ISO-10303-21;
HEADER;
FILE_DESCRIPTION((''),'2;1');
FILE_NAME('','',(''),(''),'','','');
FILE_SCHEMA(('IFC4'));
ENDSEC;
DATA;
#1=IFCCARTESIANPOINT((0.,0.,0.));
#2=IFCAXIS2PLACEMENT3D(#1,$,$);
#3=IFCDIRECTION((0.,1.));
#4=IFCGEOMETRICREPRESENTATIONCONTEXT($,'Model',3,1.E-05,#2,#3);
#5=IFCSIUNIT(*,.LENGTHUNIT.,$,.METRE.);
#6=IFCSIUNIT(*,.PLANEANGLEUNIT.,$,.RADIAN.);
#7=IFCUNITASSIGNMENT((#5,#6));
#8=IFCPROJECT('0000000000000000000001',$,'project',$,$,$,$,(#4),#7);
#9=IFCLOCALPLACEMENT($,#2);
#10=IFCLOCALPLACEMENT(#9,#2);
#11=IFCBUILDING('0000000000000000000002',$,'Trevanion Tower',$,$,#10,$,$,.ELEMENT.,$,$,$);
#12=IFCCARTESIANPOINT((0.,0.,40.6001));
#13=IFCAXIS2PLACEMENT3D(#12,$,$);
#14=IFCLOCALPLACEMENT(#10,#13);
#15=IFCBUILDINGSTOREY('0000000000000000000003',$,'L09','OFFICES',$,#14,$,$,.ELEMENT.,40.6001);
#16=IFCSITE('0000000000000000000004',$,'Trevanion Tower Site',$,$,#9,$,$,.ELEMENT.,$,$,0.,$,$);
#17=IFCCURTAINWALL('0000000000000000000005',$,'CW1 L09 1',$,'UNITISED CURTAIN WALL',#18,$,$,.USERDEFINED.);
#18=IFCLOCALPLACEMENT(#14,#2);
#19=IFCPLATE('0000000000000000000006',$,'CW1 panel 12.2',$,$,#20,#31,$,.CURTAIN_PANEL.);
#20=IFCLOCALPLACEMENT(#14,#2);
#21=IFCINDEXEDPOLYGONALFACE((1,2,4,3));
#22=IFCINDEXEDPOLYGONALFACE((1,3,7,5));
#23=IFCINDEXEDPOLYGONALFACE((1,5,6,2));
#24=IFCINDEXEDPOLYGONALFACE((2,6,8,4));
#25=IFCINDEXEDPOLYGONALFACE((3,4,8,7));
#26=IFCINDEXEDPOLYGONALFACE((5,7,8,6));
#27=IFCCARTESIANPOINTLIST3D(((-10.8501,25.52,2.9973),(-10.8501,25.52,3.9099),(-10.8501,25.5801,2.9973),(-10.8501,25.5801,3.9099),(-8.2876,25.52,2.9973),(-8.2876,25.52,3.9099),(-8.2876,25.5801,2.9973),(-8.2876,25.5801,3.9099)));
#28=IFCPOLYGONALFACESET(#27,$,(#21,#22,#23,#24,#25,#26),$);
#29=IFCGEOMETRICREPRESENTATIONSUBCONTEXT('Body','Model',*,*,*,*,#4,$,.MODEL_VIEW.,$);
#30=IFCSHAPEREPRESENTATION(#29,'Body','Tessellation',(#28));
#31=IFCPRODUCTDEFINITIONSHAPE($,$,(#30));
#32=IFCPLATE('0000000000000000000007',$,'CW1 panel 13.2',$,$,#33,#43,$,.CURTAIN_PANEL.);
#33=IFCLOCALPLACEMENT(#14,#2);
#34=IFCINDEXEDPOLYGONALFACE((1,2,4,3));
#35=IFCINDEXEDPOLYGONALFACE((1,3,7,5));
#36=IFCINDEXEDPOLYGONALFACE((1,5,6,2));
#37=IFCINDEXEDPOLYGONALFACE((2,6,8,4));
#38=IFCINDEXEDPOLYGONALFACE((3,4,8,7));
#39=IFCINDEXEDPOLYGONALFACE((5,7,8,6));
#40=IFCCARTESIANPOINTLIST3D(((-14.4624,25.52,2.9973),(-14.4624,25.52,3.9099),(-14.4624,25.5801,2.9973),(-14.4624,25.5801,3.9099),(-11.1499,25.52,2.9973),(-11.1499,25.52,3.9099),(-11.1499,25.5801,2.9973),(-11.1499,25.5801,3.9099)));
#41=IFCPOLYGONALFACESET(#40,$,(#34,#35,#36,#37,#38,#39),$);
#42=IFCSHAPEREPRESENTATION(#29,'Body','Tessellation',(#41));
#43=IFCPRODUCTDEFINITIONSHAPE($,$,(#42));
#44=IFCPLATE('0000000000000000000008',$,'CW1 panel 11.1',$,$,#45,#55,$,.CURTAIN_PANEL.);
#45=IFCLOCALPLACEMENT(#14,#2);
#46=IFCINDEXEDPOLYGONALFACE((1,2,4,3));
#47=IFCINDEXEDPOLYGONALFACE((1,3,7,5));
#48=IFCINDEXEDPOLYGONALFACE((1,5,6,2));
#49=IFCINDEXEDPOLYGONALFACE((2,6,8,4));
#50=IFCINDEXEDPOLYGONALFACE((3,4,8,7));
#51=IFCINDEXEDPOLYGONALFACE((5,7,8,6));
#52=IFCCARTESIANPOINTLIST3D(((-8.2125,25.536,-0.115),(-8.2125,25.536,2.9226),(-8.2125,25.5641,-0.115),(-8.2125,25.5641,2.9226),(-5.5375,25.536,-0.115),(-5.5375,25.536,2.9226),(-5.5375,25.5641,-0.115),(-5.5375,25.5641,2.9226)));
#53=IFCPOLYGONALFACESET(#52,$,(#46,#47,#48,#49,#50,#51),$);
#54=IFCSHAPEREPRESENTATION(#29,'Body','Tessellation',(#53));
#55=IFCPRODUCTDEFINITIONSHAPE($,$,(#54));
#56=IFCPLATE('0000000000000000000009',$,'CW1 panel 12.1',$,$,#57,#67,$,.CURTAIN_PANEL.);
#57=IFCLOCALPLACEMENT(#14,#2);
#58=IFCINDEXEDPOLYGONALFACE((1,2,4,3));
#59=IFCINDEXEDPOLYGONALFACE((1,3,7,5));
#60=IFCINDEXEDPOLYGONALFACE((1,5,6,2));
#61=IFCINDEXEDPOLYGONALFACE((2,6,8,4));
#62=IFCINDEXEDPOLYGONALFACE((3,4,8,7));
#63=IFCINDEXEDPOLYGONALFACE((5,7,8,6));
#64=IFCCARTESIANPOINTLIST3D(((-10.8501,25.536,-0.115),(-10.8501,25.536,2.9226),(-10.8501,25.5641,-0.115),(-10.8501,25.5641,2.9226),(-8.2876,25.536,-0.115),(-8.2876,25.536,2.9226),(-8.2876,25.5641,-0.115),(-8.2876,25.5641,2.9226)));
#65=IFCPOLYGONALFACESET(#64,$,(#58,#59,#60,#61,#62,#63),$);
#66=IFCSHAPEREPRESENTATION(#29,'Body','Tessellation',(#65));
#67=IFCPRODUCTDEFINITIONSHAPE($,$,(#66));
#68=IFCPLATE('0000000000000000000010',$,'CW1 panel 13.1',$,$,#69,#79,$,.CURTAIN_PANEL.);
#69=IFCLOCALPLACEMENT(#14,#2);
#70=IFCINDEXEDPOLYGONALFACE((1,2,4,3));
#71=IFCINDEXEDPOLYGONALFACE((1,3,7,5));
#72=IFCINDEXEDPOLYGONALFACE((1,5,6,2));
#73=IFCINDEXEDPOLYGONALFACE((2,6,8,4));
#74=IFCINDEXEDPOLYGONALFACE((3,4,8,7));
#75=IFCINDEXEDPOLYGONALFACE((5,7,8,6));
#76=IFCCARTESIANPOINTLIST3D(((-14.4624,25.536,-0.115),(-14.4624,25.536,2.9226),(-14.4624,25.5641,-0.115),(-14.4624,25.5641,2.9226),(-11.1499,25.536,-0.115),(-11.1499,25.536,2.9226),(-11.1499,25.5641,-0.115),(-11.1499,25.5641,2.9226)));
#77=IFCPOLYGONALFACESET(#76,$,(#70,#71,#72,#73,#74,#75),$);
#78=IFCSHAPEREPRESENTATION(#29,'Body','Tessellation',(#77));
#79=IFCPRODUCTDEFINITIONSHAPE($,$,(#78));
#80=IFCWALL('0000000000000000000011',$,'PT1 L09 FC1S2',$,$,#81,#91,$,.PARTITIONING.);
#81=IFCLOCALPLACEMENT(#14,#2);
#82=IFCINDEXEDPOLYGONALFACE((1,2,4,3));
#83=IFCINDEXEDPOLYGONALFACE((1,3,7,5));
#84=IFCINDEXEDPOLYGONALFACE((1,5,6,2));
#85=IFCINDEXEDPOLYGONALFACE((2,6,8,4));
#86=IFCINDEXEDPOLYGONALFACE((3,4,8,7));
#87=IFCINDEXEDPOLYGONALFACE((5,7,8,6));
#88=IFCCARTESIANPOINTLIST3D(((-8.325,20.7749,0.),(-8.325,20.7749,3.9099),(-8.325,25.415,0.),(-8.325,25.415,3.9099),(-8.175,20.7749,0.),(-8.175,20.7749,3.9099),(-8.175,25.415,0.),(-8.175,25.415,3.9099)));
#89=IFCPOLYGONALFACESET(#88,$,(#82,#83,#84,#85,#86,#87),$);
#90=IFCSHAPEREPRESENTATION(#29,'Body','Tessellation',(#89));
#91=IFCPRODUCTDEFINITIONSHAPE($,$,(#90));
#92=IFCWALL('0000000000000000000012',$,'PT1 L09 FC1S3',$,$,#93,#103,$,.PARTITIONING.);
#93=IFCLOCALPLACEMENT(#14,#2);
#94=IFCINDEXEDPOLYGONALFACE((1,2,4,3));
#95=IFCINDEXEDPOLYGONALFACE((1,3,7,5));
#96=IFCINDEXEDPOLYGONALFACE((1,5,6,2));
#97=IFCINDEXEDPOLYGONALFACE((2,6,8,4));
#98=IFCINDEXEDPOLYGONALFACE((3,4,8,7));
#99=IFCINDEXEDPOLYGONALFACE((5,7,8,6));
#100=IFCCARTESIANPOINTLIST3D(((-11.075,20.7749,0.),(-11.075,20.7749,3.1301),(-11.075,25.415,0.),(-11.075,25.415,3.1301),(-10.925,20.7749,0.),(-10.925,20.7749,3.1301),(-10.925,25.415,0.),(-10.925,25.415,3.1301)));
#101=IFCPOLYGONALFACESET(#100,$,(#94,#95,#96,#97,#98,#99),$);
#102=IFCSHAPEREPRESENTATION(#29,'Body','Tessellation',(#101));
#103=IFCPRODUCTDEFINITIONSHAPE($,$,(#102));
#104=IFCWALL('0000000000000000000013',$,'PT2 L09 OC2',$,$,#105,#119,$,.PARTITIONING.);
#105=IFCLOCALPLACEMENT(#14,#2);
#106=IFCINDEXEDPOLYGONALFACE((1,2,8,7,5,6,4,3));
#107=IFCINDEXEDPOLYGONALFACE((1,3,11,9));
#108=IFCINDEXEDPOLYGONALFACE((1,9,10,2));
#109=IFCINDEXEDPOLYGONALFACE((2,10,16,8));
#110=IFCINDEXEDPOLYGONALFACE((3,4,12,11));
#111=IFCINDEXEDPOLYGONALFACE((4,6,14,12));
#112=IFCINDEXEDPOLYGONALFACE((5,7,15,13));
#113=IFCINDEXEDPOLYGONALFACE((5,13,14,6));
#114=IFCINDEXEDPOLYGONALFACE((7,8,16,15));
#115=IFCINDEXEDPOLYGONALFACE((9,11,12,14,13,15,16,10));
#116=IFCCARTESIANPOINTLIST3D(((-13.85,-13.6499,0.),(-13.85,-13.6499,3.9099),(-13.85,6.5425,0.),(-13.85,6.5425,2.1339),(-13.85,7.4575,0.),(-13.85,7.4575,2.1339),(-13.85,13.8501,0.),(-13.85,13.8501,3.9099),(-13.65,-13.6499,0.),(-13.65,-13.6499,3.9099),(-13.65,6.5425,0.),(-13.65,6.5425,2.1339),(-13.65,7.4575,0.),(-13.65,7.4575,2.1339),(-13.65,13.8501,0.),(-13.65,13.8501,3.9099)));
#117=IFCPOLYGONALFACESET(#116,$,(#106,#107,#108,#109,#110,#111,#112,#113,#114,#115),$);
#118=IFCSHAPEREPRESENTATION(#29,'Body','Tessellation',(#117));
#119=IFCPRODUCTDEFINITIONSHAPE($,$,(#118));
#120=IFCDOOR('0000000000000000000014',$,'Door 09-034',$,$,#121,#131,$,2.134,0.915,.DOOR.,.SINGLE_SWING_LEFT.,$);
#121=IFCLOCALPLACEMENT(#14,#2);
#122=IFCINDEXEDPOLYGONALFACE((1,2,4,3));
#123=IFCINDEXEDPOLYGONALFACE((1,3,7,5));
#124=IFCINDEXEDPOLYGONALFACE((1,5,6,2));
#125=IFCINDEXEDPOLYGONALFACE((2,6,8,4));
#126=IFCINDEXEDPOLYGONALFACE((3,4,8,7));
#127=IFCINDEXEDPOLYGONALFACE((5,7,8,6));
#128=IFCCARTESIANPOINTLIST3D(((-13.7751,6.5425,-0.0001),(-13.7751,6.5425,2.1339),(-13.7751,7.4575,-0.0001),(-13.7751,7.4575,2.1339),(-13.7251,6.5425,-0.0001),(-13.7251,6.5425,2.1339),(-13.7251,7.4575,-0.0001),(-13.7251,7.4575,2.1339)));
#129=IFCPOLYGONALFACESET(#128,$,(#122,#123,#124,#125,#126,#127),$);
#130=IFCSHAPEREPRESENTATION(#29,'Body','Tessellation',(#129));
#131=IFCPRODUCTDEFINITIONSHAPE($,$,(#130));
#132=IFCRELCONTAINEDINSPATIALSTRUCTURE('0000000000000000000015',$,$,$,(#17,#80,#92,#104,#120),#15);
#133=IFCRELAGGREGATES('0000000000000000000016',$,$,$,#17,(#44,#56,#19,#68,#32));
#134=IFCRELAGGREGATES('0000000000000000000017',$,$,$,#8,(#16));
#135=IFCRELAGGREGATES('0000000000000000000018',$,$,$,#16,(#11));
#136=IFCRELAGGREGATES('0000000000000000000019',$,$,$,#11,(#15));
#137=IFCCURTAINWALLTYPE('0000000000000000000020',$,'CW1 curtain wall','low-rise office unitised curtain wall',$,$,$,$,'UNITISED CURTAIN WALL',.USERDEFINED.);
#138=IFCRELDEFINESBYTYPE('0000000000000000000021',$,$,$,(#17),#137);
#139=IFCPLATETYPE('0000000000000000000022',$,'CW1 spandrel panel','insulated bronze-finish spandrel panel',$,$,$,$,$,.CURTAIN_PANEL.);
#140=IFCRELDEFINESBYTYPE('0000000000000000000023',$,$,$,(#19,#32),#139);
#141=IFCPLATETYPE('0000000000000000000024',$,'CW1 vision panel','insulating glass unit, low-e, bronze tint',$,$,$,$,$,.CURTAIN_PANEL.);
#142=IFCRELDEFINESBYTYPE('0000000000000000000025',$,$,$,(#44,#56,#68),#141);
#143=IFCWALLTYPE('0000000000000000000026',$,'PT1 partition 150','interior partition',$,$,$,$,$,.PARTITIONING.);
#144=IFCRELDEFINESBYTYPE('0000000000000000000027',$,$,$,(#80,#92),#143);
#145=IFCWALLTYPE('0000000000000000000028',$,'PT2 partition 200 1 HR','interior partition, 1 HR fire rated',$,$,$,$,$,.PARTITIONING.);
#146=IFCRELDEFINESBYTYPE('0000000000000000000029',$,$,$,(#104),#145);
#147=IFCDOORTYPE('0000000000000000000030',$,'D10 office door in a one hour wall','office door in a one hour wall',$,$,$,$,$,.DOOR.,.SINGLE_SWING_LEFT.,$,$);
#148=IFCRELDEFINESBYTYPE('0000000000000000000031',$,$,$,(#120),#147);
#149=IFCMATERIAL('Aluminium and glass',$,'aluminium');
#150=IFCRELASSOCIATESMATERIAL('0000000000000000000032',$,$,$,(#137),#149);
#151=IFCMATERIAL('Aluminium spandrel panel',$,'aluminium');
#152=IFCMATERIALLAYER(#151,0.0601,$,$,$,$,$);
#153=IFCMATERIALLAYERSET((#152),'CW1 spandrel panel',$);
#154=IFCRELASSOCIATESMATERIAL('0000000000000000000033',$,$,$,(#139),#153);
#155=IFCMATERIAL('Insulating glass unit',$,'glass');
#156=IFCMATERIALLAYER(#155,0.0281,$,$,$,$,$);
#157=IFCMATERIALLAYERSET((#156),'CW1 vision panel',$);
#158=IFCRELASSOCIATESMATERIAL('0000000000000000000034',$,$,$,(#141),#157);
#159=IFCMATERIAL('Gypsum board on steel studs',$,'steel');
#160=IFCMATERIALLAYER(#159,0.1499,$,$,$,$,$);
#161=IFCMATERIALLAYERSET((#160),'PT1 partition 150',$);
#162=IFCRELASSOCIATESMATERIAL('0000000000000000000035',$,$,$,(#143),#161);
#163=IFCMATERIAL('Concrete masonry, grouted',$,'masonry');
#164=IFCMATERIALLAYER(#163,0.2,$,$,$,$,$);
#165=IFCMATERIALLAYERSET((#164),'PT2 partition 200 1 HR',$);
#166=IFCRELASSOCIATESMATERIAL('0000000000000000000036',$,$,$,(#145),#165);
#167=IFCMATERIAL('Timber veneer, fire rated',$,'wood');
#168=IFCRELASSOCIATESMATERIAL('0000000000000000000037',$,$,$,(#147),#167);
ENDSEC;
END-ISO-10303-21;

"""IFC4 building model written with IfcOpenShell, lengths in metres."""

from ifc_helpers import new_model, si_unit, direction, frame, frame_2d, origin, origin_2d, place, context, subcontext, project, spatial, rectangle, extrude, material, layer, layer_set, type_object, element, fill, aggregate, save


model = new_model("IFC4")

# Units and contexts
model_context = context("Model", 3, precision=1e-05, world=origin(), true_north=direction((0.0, 1.0)))
body_context = subcontext(model_context, "Body", "Model", "MODEL_VIEW")
ifc_project = project(units=[si_unit("LENGTHUNIT", "METRE"), si_unit("PLANEANGLEUNIT", "RADIAN")], contexts=[model_context])

# Site, building, storey
site_placement = place(None, origin())
site = spatial("IfcSite", under=ifc_project, at=site_placement, Name="Trevanion Tower Site", CompositionType="ELEMENT", RefElevation=0.0)
building_placement = place(site_placement, origin())
building = spatial("IfcBuilding", under=site, at=building_placement, Name="Trevanion Tower", CompositionType="ELEMENT")
storey_placement = place(building_placement, frame((0.0, 0.0, 40.6001)))
storey = spatial("IfcBuildingStorey", under=building, at=storey_placement, Name="L09", Description="OFFICES", CompositionType="ELEMENT", Elevation=40.6001)

# Curtain wall
ifc_material_1 = material(Name="Aluminium and glass", Category="aluminium")
curtain_wall_type = type_object("IfcCurtainWallType", Name="CW1 curtain wall", Description="low-rise office unitised curtain wall", ElementType="UNITISED CURTAIN WALL", PredefinedType="USERDEFINED", material=ifc_material_1)
curtain_wall_placement = place(storey_placement, origin())
curtain_wall = element("IfcCurtainWall", 1, at=curtain_wall_placement, inside=storey, type_object=curtain_wall_type, Name="CW1 L09 1", ObjectType="UNITISED CURTAIN WALL", PredefinedType="USERDEFINED")

# Plates
ifc_material_2 = material(Name="Aluminium spandrel panel", Category="aluminium")
ifc_layer_1 = layer(ifc_material_2, 0.0601)
ifc_layer_set_1 = layer_set([ifc_layer_1], Name="CW1 spandrel panel")
plate_type_1 = type_object("IfcPlateType", Name="CW1 spandrel panel", Description="insulated bronze-finish spandrel panel", PredefinedType="CURTAIN_PANEL", material=ifc_layer_set_1)
plate_1_placement = place(storey_placement, frame((-9.5688, 25.55, 2.9973), z_axis=(0.0, 0.0, 1.0), x_axis=(-1.0, 0.0, 0.0)))
plate_1 = element("IfcPlate", 2, at=plate_1_placement, type_object=plate_type_1, Name="CW1 panel 12.2", PredefinedType="CURTAIN_PANEL", context=body_context, shape_type="SweptSolid", body=[
    extrude(rectangle(XDim=2.5625, YDim=0.0601, at=origin_2d()), origin(), (0.0, 0.0, 1.0), 0.9126),
])
plate_2_placement = place(storey_placement, frame((-12.8062, 25.55, 2.9973), z_axis=(0.0, 0.0, 1.0), x_axis=(-1.0, 0.0, 0.0)))
plate_2 = element("IfcPlate", 3, at=plate_2_placement, type_object=plate_type_1, Name="CW1 panel 13.2", PredefinedType="CURTAIN_PANEL", context=body_context, shape_type="SweptSolid", body=[
    extrude(rectangle(XDim=3.3125, YDim=0.0601, at=origin_2d()), origin(), (0.0, 0.0, 1.0), 0.9126),
])
ifc_material_3 = material(Name="Insulating glass unit", Category="glass")
ifc_layer_2 = layer(ifc_material_3, 0.0281)
ifc_layer_set_2 = layer_set([ifc_layer_2], Name="CW1 vision panel")
plate_type_2 = type_object("IfcPlateType", Name="CW1 vision panel", Description="insulating glass unit, low-e, bronze tint", PredefinedType="CURTAIN_PANEL", material=ifc_layer_set_2)
plate_3_placement = place(storey_placement, frame((-6.875, 25.55, -0.115), z_axis=(0.0, 0.0, 1.0), x_axis=(-1.0, 0.0, 0.0)))
plate_3 = element("IfcPlate", 4, at=plate_3_placement, type_object=plate_type_2, Name="CW1 panel 11.1", PredefinedType="CURTAIN_PANEL", context=body_context, shape_type="SweptSolid", body=[
    extrude(rectangle(XDim=2.675, YDim=0.0281, at=origin_2d()), origin(), (0.0, 0.0, 1.0), 3.0376),
])
plate_4_placement = place(storey_placement, frame((-9.5688, 25.55, -0.115), z_axis=(0.0, 0.0, 1.0), x_axis=(-1.0, 0.0, 0.0)))
plate_4 = element("IfcPlate", 5, at=plate_4_placement, type_object=plate_type_2, Name="CW1 panel 12.1", PredefinedType="CURTAIN_PANEL", context=body_context, shape_type="SweptSolid", body=[
    extrude(rectangle(XDim=2.5625, YDim=0.0281, at=origin_2d()), origin(), (0.0, 0.0, 1.0), 3.0376),
])
plate_5_placement = place(storey_placement, frame((-12.8062, 25.55, -0.115), z_axis=(0.0, 0.0, 1.0), x_axis=(-1.0, 0.0, 0.0)))
plate_5 = element("IfcPlate", 6, at=plate_5_placement, type_object=plate_type_2, Name="CW1 panel 13.1", PredefinedType="CURTAIN_PANEL", context=body_context, shape_type="SweptSolid", body=[
    extrude(rectangle(XDim=3.3125, YDim=0.0281, at=origin_2d()), origin(), (0.0, 0.0, 1.0), 3.0376),
])
aggregate(curtain_wall, [plate_3, plate_4, plate_1, plate_5, plate_2])

# Walls
ifc_material_4 = material(Name="Gypsum board on steel studs", Category="steel")
ifc_layer_3 = layer(ifc_material_4, 0.1499)
ifc_layer_set_3 = layer_set([ifc_layer_3], Name="PT1 partition 150")
wall_type_1 = type_object("IfcWallType", Name="PT1 partition 150", Description="interior partition", PredefinedType="PARTITIONING", material=ifc_layer_set_3)
wall_1_placement = place(storey_placement, frame((-8.25, 20.7749, 0.0), z_axis=(0.0, 0.0, 1.0), x_axis=(0.0, 1.0, 0.0)))
element("IfcWall", 7, at=wall_1_placement, inside=storey, type_object=wall_type_1, Name="PT1 L09 FC1S2", PredefinedType="PARTITIONING", context=body_context, shape_type="SweptSolid", body=[
    extrude(rectangle(XDim=4.6401, YDim=0.1499, at=frame_2d((2.3201, 0.0))), origin(), (0.0, 0.0, 1.0), 3.9099),
])
wall_2_placement = place(storey_placement, frame((-11.0, 20.7749, 0.0), z_axis=(0.0, 0.0, 1.0), x_axis=(0.0, 1.0, 0.0)))
element("IfcWall", 8, at=wall_2_placement, inside=storey, type_object=wall_type_1, Name="PT1 L09 FC1S3", PredefinedType="PARTITIONING", context=body_context, shape_type="SweptSolid", body=[
    extrude(rectangle(XDim=4.6401, YDim=0.1499, at=frame_2d((2.3201, 0.0))), origin(), (0.0, 0.0, 1.0), 3.1301),
])

# Wall, opening, door
ifc_material_5 = material(Name="Concrete masonry, grouted", Category="masonry")
ifc_layer_4 = layer(ifc_material_5, 0.2)
ifc_layer_set_4 = layer_set([ifc_layer_4], Name="PT2 partition 200 1 HR")
wall_type_2 = type_object("IfcWallType", Name="PT2 partition 200 1 HR", Description="interior partition, 1 HR fire rated", PredefinedType="PARTITIONING", material=ifc_layer_set_4)
wall_3_placement = place(storey_placement, frame((-13.75, 13.8501, 0.0), z_axis=(0.0, 0.0, 1.0), x_axis=(0.0, -1.0, 0.0)))
wall_3 = element("IfcWall", 9, at=wall_3_placement, inside=storey, type_object=wall_type_2, Name="PT2 L09 OC2", PredefinedType="PARTITIONING", context=body_context, shape_type="SweptSolid", body=[
    extrude(rectangle(XDim=27.5, YDim=0.2, at=frame_2d((13.75, 0.0))), origin(), (0.0, 0.0, 1.0), 3.9099),
])
opening_placement = place(wall_3_placement, frame((6.3926, 0.0, 0.0)))
opening = element("IfcOpeningElement", 10, at=opening_placement, cuts=wall_3, PredefinedType="OPENING", context=body_context, shape_type="SweptSolid", body=[
    extrude(rectangle(XDim=0.915, YDim=2.134, at=frame_2d((0.4575, 1.0669))), frame((0.0, 0.1099, 0.0), z_axis=(0.0, -1.0, 0.0), x_axis=(1.0, 0.0, 0.0)), (0.0, 0.0, 1.0), 0.22),
])
ifc_material_6 = material(Name="Timber veneer, fire rated", Category="wood")
door_type = type_object("IfcDoorType", Name="D10 office door in a one hour wall", Description="office door in a one hour wall", OperationType="SINGLE_SWING_LEFT", PredefinedType="DOOR", material=ifc_material_6)
door_placement = place(opening_placement, origin())
door = element("IfcDoor", 11, at=door_placement, inside=storey, type_object=door_type, Name="Door 09-034", OperationType="SINGLE_SWING_LEFT", OverallHeight=2.134, OverallWidth=0.915, PredefinedType="DOOR", context=body_context, shape_type="SweptSolid", body=[
    extrude(rectangle(XDim=0.915, YDim=2.134, at=frame_2d((0.4575, 1.0669))), frame((0.0, 0.0249, 0.0), z_axis=(0.0, -1.0, 0.0), x_axis=(1.0, 0.0, 0.0)), (0.0, 0.0, 1.0), 0.05),
])
fill(opening, door)

save(model, "model.ifc")
